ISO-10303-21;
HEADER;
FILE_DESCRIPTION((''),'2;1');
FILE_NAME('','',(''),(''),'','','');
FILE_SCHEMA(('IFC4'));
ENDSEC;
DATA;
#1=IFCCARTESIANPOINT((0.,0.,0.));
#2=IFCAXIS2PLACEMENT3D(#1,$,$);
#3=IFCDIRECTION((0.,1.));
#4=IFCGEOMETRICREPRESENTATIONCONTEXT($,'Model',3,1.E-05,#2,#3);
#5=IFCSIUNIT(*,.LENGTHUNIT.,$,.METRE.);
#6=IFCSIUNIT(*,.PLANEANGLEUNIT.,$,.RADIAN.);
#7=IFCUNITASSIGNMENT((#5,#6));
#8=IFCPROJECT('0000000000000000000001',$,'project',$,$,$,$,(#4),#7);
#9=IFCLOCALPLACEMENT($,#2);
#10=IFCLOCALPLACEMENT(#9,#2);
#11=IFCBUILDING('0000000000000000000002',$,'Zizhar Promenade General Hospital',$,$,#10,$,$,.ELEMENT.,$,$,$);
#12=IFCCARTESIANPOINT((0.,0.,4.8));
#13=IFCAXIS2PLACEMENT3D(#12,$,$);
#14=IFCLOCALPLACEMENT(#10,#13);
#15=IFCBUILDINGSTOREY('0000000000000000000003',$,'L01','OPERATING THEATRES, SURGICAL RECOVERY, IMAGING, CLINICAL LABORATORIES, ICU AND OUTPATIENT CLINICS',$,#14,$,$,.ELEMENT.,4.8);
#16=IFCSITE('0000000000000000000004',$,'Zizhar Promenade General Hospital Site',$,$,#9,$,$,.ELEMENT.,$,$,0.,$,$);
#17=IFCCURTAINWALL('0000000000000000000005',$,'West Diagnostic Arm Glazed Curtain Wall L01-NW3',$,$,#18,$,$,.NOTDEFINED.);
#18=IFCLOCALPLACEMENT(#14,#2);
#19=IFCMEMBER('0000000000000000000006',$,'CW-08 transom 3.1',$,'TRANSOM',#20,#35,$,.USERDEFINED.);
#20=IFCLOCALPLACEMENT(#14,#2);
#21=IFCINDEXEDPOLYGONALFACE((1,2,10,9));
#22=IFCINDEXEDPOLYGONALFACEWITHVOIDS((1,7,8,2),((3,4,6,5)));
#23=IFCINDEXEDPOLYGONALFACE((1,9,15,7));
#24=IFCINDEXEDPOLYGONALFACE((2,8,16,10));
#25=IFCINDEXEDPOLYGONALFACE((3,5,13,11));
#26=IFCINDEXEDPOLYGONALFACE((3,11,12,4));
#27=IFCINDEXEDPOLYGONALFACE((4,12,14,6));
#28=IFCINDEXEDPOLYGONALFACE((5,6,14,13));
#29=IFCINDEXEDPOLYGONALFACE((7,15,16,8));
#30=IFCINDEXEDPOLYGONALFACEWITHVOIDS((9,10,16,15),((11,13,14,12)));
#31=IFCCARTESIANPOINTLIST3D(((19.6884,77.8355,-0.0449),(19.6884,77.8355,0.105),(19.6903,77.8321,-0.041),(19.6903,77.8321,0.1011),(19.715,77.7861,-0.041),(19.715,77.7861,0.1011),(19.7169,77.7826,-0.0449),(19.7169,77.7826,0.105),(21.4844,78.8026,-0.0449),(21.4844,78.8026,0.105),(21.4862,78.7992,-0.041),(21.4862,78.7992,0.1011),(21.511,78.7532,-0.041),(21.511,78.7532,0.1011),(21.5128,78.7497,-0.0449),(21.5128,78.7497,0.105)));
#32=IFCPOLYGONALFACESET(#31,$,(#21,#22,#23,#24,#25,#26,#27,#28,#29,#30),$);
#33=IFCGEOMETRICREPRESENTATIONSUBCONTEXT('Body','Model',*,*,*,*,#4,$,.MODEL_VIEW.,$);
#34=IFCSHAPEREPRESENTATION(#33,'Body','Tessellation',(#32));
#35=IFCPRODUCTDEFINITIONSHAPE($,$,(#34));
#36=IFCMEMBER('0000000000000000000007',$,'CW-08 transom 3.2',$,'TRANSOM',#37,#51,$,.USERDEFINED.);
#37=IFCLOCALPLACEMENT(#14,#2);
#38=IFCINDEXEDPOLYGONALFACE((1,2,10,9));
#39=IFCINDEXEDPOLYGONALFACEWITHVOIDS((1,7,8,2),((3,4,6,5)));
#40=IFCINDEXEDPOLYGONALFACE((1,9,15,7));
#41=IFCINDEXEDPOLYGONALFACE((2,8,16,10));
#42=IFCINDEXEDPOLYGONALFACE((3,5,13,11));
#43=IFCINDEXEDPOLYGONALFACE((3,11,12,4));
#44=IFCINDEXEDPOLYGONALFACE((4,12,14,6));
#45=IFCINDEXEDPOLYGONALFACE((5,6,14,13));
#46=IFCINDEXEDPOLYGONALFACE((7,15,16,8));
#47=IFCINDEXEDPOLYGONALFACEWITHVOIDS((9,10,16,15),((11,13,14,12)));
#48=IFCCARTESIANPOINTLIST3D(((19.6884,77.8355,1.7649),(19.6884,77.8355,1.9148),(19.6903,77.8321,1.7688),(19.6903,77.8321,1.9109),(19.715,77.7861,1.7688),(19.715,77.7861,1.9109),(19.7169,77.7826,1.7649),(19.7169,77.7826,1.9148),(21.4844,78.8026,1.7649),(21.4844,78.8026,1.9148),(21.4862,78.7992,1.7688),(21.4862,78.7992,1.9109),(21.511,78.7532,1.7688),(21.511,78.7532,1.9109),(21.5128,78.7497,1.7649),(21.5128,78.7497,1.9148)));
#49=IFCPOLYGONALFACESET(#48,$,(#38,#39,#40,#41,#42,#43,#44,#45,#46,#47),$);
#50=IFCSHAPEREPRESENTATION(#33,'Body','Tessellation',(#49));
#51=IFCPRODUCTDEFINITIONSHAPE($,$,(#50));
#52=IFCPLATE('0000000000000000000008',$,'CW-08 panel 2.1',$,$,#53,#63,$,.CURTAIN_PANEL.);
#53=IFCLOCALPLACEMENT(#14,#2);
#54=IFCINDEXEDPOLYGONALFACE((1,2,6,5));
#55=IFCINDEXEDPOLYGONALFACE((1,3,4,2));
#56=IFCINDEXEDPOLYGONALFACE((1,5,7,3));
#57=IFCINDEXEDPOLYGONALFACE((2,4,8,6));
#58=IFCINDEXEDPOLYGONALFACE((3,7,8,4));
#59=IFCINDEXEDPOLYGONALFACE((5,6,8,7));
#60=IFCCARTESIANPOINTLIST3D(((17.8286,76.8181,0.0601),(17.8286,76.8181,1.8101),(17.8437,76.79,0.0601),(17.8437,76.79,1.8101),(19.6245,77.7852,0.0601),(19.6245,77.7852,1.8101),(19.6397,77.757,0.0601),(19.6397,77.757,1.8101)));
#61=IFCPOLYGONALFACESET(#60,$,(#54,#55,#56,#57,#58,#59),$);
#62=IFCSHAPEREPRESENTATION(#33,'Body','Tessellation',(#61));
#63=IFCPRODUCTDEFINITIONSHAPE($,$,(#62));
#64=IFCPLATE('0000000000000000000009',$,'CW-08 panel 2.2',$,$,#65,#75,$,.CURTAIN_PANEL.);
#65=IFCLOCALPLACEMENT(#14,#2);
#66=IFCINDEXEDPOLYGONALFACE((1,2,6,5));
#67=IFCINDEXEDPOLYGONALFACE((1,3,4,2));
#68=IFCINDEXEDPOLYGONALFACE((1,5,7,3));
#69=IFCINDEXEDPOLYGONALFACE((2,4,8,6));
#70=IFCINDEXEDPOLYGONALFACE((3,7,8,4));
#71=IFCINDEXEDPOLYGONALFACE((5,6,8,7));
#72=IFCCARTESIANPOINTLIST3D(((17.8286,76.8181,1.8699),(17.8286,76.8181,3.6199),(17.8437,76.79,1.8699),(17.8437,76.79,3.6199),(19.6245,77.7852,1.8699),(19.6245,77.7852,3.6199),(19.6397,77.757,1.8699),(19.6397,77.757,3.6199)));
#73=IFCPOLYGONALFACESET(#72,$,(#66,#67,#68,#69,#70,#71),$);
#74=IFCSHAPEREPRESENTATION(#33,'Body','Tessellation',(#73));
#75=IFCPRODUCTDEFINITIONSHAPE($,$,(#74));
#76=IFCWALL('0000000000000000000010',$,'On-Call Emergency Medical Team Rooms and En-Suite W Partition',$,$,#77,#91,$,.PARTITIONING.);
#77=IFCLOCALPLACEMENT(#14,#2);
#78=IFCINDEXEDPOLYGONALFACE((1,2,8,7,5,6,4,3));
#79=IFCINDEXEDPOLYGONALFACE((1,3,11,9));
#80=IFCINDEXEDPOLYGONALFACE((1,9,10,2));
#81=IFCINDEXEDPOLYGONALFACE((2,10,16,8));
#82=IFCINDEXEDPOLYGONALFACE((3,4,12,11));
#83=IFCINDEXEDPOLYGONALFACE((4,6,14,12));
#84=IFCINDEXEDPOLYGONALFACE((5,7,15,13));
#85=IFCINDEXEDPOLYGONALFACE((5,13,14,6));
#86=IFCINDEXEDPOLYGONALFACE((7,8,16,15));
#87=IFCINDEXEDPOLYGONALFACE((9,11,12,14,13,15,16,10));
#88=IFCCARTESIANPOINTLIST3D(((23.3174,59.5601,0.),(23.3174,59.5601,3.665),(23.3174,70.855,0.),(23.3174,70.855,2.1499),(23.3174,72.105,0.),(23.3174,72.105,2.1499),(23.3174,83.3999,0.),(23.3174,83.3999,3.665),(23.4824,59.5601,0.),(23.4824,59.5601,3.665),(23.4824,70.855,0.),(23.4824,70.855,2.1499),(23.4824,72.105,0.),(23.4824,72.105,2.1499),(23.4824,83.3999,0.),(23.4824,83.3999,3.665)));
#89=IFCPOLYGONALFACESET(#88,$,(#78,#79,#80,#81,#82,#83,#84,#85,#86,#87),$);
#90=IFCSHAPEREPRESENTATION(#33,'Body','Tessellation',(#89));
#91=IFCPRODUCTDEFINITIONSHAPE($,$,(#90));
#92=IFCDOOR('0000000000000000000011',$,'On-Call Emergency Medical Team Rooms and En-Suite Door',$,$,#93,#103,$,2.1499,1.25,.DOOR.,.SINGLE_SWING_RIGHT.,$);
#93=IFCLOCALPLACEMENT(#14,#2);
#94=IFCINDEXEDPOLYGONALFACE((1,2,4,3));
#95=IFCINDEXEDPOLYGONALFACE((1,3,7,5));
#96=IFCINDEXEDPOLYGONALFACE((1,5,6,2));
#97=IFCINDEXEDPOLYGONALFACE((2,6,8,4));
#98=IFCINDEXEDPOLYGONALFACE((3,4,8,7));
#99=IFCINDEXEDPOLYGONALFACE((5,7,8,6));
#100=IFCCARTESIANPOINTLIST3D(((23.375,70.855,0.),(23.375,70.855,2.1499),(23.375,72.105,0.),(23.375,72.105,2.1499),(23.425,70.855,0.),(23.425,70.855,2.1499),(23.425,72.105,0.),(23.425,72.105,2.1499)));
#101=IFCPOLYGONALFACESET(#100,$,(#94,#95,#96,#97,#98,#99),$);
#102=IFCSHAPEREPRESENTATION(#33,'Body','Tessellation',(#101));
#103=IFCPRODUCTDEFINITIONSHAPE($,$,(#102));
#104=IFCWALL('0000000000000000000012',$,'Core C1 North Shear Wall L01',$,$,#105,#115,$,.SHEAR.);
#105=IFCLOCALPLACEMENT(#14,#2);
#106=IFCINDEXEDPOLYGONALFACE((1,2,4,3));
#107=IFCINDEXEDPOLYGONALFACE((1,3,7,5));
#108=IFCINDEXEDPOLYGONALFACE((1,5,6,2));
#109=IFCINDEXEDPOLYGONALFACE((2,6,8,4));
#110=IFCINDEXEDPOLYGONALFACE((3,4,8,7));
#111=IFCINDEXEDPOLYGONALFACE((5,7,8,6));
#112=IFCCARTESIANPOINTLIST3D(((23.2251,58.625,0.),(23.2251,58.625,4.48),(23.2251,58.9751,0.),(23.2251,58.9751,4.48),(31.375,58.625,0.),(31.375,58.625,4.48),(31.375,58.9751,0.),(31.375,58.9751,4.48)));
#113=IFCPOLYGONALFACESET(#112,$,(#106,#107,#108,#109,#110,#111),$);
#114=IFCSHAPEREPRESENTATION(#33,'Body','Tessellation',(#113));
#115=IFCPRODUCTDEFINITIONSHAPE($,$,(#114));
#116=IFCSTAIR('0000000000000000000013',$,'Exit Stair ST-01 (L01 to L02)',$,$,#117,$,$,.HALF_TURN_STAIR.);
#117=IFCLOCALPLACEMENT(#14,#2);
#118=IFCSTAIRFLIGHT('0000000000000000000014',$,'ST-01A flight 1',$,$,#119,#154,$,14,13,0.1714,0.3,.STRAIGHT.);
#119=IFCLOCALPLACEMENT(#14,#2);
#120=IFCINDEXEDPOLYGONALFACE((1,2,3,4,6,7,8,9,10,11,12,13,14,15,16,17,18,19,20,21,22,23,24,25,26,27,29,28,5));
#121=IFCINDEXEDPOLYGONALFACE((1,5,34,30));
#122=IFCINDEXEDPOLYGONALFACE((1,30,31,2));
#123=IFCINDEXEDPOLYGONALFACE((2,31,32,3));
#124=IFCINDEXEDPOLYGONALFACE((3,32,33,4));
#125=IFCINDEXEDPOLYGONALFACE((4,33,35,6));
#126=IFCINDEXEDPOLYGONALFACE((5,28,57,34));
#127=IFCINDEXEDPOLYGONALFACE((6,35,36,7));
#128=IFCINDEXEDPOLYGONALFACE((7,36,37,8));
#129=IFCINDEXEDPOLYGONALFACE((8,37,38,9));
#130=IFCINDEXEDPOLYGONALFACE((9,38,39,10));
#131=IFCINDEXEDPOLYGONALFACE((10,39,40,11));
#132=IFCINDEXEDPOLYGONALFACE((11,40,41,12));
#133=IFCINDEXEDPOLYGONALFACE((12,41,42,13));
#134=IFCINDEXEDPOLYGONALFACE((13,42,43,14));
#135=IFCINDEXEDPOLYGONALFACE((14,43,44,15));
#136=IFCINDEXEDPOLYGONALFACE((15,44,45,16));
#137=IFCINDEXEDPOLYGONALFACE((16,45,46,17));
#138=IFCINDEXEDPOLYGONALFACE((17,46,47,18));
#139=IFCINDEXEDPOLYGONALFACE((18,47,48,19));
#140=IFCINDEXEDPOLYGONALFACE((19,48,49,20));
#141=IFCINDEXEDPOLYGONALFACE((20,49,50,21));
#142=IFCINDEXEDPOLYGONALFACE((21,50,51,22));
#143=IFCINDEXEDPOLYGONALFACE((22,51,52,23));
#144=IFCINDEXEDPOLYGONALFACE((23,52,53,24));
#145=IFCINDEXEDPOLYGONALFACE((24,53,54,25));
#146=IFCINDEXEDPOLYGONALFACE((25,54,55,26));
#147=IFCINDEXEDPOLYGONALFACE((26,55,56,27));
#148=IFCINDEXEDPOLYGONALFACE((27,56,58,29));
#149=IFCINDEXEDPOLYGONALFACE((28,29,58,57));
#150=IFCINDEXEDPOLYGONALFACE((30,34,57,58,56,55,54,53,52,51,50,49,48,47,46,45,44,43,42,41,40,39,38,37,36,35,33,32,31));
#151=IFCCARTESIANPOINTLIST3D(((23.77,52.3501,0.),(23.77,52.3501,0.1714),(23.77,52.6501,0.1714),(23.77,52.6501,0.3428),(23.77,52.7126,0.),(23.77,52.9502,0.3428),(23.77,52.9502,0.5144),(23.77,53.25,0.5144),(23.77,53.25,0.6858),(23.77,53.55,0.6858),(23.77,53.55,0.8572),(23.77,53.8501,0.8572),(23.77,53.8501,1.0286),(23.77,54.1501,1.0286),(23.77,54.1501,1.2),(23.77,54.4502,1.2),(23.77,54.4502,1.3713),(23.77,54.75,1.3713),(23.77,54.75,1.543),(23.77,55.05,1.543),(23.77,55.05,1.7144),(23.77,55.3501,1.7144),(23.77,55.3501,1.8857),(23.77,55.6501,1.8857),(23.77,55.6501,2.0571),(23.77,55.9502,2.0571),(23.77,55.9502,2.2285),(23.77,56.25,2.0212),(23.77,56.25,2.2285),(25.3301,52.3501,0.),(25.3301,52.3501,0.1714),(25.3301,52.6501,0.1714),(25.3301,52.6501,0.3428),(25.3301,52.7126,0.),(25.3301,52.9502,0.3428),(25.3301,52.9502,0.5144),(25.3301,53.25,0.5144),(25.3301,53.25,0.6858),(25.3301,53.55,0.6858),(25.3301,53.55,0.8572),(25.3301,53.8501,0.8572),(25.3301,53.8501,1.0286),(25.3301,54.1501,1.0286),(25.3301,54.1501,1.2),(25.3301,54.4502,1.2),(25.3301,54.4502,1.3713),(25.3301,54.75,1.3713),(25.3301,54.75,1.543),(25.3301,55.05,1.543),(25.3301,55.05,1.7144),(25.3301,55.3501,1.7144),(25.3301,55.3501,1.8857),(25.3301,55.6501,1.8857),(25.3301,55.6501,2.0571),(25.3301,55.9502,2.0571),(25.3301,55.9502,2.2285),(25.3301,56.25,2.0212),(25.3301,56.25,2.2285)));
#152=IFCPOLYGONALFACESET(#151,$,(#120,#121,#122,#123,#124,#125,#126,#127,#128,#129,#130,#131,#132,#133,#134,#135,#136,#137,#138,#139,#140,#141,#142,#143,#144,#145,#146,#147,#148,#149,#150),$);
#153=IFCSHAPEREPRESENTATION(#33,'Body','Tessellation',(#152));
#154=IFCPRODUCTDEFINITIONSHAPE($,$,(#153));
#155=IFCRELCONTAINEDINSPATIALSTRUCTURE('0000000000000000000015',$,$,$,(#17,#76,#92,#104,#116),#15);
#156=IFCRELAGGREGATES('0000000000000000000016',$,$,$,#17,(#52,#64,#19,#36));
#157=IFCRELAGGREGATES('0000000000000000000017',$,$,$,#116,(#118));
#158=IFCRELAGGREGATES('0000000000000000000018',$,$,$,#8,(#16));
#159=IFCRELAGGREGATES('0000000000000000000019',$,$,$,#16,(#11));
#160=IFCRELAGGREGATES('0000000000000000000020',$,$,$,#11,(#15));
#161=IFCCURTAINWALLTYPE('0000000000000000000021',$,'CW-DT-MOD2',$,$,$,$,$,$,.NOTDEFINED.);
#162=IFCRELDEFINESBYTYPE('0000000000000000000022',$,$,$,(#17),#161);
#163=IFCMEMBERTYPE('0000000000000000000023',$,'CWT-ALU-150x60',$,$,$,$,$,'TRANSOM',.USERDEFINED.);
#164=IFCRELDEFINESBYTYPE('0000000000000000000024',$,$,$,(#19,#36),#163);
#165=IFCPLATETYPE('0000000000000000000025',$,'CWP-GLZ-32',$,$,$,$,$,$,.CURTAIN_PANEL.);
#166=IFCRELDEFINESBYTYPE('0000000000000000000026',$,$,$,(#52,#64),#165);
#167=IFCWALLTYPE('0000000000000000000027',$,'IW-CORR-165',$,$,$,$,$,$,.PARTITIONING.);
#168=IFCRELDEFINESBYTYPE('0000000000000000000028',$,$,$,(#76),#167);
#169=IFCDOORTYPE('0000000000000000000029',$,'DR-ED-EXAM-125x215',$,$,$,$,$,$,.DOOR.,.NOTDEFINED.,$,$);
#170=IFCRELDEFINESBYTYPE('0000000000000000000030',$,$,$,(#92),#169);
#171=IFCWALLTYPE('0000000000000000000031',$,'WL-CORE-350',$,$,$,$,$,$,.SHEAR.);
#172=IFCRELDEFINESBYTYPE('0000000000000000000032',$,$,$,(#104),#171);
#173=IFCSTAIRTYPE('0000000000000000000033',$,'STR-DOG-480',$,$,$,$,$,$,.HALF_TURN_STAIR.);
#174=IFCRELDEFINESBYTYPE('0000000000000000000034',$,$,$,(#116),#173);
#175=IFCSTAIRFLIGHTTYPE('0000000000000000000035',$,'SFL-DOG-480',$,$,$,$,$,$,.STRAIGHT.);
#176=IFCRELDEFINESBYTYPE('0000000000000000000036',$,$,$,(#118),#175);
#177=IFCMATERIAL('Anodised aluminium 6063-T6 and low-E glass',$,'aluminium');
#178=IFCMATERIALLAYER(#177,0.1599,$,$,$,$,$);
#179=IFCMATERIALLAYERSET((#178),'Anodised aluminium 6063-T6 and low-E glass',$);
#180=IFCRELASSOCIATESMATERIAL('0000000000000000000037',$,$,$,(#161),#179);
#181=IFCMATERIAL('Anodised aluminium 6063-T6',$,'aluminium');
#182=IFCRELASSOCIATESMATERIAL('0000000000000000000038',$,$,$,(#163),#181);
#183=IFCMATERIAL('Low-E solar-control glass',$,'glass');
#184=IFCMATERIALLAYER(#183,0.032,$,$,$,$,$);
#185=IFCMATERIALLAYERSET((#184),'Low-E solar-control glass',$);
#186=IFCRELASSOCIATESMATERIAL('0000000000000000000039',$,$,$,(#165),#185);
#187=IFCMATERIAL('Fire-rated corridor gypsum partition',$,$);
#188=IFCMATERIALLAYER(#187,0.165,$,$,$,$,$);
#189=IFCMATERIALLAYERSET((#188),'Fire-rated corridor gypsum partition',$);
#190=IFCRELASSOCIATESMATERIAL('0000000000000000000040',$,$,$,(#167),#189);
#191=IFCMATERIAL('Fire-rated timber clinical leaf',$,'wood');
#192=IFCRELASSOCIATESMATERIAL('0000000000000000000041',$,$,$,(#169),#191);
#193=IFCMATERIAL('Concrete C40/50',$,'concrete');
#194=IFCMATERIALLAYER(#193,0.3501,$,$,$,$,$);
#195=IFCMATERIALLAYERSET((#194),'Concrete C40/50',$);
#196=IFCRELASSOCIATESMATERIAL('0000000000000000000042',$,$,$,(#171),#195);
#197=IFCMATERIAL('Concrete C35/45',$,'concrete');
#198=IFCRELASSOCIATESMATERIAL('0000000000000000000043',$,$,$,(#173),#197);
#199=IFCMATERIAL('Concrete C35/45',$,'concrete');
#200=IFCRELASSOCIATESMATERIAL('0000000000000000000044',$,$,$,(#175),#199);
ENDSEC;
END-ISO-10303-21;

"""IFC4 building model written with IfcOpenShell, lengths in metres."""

from ifc_helpers import new_model, si_unit, direction, frame, frame_2d, origin, origin_2d, place, context, subcontext, project, spatial, polyline, rectangle, hollow_rectangle, outline, extrude, material, layer, layer_set, material_profile, profile_set, type_object, element, fill, aggregate, save


model = new_model("IFC4")

# Units and contexts
model_context = context("Model", 3, precision=1e-05, world=origin(), true_north=direction((0.0, 1.0)))
body_context = subcontext(model_context, "Body", "Model", "MODEL_VIEW")
ifc_project = project(units=[si_unit("LENGTHUNIT", "METRE"), si_unit("PLANEANGLEUNIT", "RADIAN")], contexts=[model_context])

# Site, building, storey
site_placement = place(None, origin())
site = spatial("IfcSite", under=ifc_project, at=site_placement, Name="Zizhar Promenade General Hospital Site", CompositionType="ELEMENT", RefElevation=0.0)
building_placement = place(site_placement, origin())
building = spatial("IfcBuilding", under=site, at=building_placement, Name="Zizhar Promenade General Hospital", CompositionType="ELEMENT")
storey_placement = place(building_placement, frame((0.0, 0.0, 4.8)))
storey = spatial("IfcBuildingStorey", under=building, at=storey_placement, Name="L01", Description="OPERATING THEATRES, SURGICAL RECOVERY, IMAGING, CLINICAL LABORATORIES, ICU AND OUTPATIENT CLINICS", CompositionType="ELEMENT", Elevation=4.8)

# Curtain wall, members, plates
ifc_material_1 = material(Name="Anodised aluminium 6063-T6 and low-E glass", Category="aluminium")
ifc_layer_1 = layer(ifc_material_1, 0.1599)
ifc_layer_set_1 = layer_set([ifc_layer_1], Name="Anodised aluminium 6063-T6 and low-E glass")
curtain_wall_type = type_object("IfcCurtainWallType", Name="CW-DT-MOD2", PredefinedType="NOTDEFINED", material=ifc_layer_set_1)
curtain_wall_placement = place(storey_placement, origin())
curtain_wall = element("IfcCurtainWall", 1, at=curtain_wall_placement, inside=storey, type_object=curtain_wall_type, Name="West Diagnostic Arm Glazed Curtain Wall L01-NW3", PredefinedType="NOTDEFINED")
ifc_material_2 = material(Name="Anodised aluminium 6063-T6", Category="aluminium")
ifc_material_profile_1 = material_profile(ifc_material_2, hollow_rectangle(XDim=0.0601, YDim=0.1499, WallThickness=0.0039, at=origin_2d()))
ifc_profile_set_1 = profile_set([ifc_material_profile_1], Name="Anodised aluminium 6063-T6")
member_type_1 = type_object("IfcMemberType", Name="CWT-ALU-150x60", ElementType="TRANSOM", PredefinedType="USERDEFINED", material=ifc_profile_set_1)
member_1_placement = place(storey_placement, frame((19.7026, 77.8091, 0.03), z_axis=(0.880467, 0.474107, 0.0), x_axis=(-0.474107, 0.880467, 0.0)))
member_1 = element("IfcMember", 2, at=member_1_placement, type_object=member_type_1, Name="CW-08 transom 3.1", ObjectType="TRANSOM", PredefinedType="USERDEFINED", context=body_context, shape_type="SweptSolid", body=[
    extrude(hollow_rectangle(XDim=0.0601, YDim=0.1499, WallThickness=0.0039, at=origin_2d()), origin(), (0.0, 0.0, 1.0), 2.0398),
])
member_2_placement = place(storey_placement, frame((19.7026, 77.8091, 1.8398), z_axis=(0.880467, 0.474107, 0.0), x_axis=(-0.474107, 0.880467, 0.0)))
member_2 = element("IfcMember", 3, at=member_2_placement, type_object=member_type_1, Name="CW-08 transom 3.2", ObjectType="TRANSOM", PredefinedType="USERDEFINED", context=body_context, shape_type="SweptSolid", body=[
    extrude(hollow_rectangle(XDim=0.0601, YDim=0.1499, WallThickness=0.0039, at=origin_2d()), origin(), (0.0, 0.0, 1.0), 2.0398),
])
ifc_material_3 = material(Name="Low-E solar-control glass", Category="glass")
ifc_layer_2 = layer(ifc_material_3, 0.032)
ifc_layer_set_2 = layer_set([ifc_layer_2], Name="Low-E solar-control glass")
plate_type = type_object("IfcPlateType", Name="CWP-GLZ-32", PredefinedType="CURTAIN_PANEL", material=ifc_layer_set_2)
plate_1_placement = place(storey_placement, frame((18.7341, 77.2876, 0.0601), z_axis=(0.0, 0.0, 1.0), x_axis=(0.880473, 0.474097, 0.0)))
plate_1 = element("IfcPlate", 4, at=plate_1_placement, type_object=plate_type, Name="CW-08 panel 2.1", PredefinedType="CURTAIN_PANEL", context=body_context, shape_type="SweptSolid", body=[
    extrude(rectangle(XDim=2.0398, YDim=0.032, at=origin_2d()), origin(), (0.0, 0.0, 1.0), 1.75),
])
plate_2_placement = place(storey_placement, frame((18.7341, 77.2876, 1.8699), z_axis=(0.0, 0.0, 1.0), x_axis=(0.880473, 0.474097, 0.0)))
plate_2 = element("IfcPlate", 5, at=plate_2_placement, type_object=plate_type, Name="CW-08 panel 2.2", PredefinedType="CURTAIN_PANEL", context=body_context, shape_type="SweptSolid", body=[
    extrude(rectangle(XDim=2.0398, YDim=0.032, at=origin_2d()), origin(), (0.0, 0.0, 1.0), 1.75),
])
aggregate(curtain_wall, [plate_1, plate_2, member_1, member_2])

# Wall, opening, door
ifc_material_4 = material(Name="Fire-rated corridor gypsum partition")
ifc_layer_3 = layer(ifc_material_4, 0.165)
ifc_layer_set_3 = layer_set([ifc_layer_3], Name="Fire-rated corridor gypsum partition")
wall_type_1 = type_object("IfcWallType", Name="IW-CORR-165", PredefinedType="PARTITIONING", material=ifc_layer_set_3)
wall_1_placement = place(storey_placement, frame((23.3999, 59.5601, 0.0), z_axis=(0.0, 0.0, 1.0), x_axis=(0.0, 1.0, 0.0)))
wall_1 = element("IfcWall", 6, at=wall_1_placement, inside=storey, type_object=wall_type_1, Name="On-Call Emergency Medical Team Rooms and En-Suite W Partition", PredefinedType="PARTITIONING", context=body_context, shape_type="SweptSolid", body=[
    extrude(rectangle(XDim=23.8398, YDim=0.165, at=frame_2d((11.9199, 0.0))), origin(), (0.0, 0.0, 1.0), 3.665),
])
opening_placement = place(wall_1_placement, frame((11.2949, 0.0, 0.0)))
opening = element("IfcOpeningElement", 7, at=opening_placement, cuts=wall_1, PredefinedType="OPENING", context=body_context, shape_type="SweptSolid", body=[
    extrude(rectangle(XDim=1.25, YDim=2.1499, at=frame_2d((0.625, 1.075))), frame((0.0, 0.0925, 0.0), z_axis=(0.0, -1.0, 0.0), x_axis=(1.0, 0.0, 0.0)), (0.0, 0.0, 1.0), 0.1851),
])
ifc_material_5 = material(Name="Fire-rated timber clinical leaf", Category="wood")
door_type = type_object("IfcDoorType", Name="DR-ED-EXAM-125x215", OperationType="NOTDEFINED", PredefinedType="DOOR", material=ifc_material_5)
door_placement = place(opening_placement, origin())
door = element("IfcDoor", 8, at=door_placement, inside=storey, type_object=door_type, Name="On-Call Emergency Medical Team Rooms and En-Suite Door", OperationType="SINGLE_SWING_RIGHT", OverallHeight=2.1499, OverallWidth=1.25, PredefinedType="DOOR", context=body_context, shape_type="SweptSolid", body=[
    extrude(rectangle(XDim=1.25, YDim=2.1499, at=frame_2d((0.625, 1.075))), frame((0.0, 0.0249, 0.0), z_axis=(0.0, -1.0, 0.0), x_axis=(1.0, 0.0, 0.0)), (0.0, 0.0, 1.0), 0.05),
])
fill(opening, door)

# Wall
ifc_material_6 = material(Name="Concrete C40/50", Category="concrete")
ifc_layer_4 = layer(ifc_material_6, 0.3501)
ifc_layer_set_4 = layer_set([ifc_layer_4], Name="Concrete C40/50")
wall_type_2 = type_object("IfcWallType", Name="WL-CORE-350", PredefinedType="SHEAR", material=ifc_layer_set_4)
wall_2_placement = place(storey_placement, frame((23.2251, 58.8, 0.0), z_axis=(0.0, 0.0, 1.0), x_axis=(1.0, 0.0, 0.0)))
element("IfcWall", 9, at=wall_2_placement, inside=storey, type_object=wall_type_2, Name="Core C1 North Shear Wall L01", PredefinedType="SHEAR", context=body_context, shape_type="SweptSolid", body=[
    extrude(rectangle(XDim=8.1499, YDim=0.3501, at=frame_2d((4.075, 0.0))), origin(), (0.0, 0.0, 1.0), 4.48),
])

# Stair, stair flight
ifc_material_7 = material(Name="Concrete C35/45", Category="concrete")
stair_type = type_object("IfcStairType", Name="STR-DOG-480", PredefinedType="HALF_TURN_STAIR", material=ifc_material_7)
stair_placement = place(storey_placement, origin())
stair = element("IfcStair", 10, at=stair_placement, inside=storey, type_object=stair_type, Name="Exit Stair ST-01 (L01 to L02)", PredefinedType="HALF_TURN_STAIR")
ifc_material_8 = material(Name="Concrete C35/45", Category="concrete")
stair_flight_type = type_object("IfcStairFlightType", Name="SFL-DOG-480", PredefinedType="STRAIGHT", material=ifc_material_8)
stair_flight_1_placement = place(storey_placement, frame((24.55, 52.3501, 0.0), z_axis=(0.0, 0.0, 1.0), x_axis=(0.0, 1.0, 0.0)))
stair_flight_1 = element("IfcStairFlight", 11, at=stair_flight_1_placement, type_object=stair_flight_type, Name="ST-01A flight 1", NumberOfRisers=14, NumberOfTreads=13, PredefinedType="STRAIGHT", RiserHeight=0.1714, TreadLength=0.3, context=body_context, shape_type="SweptSolid", body=[
    extrude(outline(polyline([(0.0, 0.0), (0.0, 0.1714), (0.3, 0.1714), (0.3, 0.3428), (0.6001, 0.3428), (0.6001, 0.5144), (0.8999, 0.5144), (0.8999, 0.6858), (1.2, 0.6858), (1.2, 0.8572), (1.5, 0.8572), (1.5, 1.0286), (1.8, 1.0286), (1.8, 1.2), (2.1001, 1.2), (2.1001, 1.3713), (2.3999, 1.3713), (2.3999, 1.543), (2.7, 1.543), (2.7, 1.7144), (3.0, 1.7144), (3.0, 1.8857), (3.3, 1.8857), (3.3, 2.0571), (3.6001, 2.0571), (3.6001, 2.2285), (3.8999, 2.2285), (3.8999, 2.3999), (3.8999, 2.0212), (0.3625, 0.0), (0.0, 0.0)])), frame((0.0, 0.78, 0.0), z_axis=(0.0, -1.0, 0.0), x_axis=(1.0, 0.0, 0.0)), (0.0, 0.0, 1.0), 1.5601),
])
aggregate(stair, [stair_flight_1])

save(model, "model.ifc")
